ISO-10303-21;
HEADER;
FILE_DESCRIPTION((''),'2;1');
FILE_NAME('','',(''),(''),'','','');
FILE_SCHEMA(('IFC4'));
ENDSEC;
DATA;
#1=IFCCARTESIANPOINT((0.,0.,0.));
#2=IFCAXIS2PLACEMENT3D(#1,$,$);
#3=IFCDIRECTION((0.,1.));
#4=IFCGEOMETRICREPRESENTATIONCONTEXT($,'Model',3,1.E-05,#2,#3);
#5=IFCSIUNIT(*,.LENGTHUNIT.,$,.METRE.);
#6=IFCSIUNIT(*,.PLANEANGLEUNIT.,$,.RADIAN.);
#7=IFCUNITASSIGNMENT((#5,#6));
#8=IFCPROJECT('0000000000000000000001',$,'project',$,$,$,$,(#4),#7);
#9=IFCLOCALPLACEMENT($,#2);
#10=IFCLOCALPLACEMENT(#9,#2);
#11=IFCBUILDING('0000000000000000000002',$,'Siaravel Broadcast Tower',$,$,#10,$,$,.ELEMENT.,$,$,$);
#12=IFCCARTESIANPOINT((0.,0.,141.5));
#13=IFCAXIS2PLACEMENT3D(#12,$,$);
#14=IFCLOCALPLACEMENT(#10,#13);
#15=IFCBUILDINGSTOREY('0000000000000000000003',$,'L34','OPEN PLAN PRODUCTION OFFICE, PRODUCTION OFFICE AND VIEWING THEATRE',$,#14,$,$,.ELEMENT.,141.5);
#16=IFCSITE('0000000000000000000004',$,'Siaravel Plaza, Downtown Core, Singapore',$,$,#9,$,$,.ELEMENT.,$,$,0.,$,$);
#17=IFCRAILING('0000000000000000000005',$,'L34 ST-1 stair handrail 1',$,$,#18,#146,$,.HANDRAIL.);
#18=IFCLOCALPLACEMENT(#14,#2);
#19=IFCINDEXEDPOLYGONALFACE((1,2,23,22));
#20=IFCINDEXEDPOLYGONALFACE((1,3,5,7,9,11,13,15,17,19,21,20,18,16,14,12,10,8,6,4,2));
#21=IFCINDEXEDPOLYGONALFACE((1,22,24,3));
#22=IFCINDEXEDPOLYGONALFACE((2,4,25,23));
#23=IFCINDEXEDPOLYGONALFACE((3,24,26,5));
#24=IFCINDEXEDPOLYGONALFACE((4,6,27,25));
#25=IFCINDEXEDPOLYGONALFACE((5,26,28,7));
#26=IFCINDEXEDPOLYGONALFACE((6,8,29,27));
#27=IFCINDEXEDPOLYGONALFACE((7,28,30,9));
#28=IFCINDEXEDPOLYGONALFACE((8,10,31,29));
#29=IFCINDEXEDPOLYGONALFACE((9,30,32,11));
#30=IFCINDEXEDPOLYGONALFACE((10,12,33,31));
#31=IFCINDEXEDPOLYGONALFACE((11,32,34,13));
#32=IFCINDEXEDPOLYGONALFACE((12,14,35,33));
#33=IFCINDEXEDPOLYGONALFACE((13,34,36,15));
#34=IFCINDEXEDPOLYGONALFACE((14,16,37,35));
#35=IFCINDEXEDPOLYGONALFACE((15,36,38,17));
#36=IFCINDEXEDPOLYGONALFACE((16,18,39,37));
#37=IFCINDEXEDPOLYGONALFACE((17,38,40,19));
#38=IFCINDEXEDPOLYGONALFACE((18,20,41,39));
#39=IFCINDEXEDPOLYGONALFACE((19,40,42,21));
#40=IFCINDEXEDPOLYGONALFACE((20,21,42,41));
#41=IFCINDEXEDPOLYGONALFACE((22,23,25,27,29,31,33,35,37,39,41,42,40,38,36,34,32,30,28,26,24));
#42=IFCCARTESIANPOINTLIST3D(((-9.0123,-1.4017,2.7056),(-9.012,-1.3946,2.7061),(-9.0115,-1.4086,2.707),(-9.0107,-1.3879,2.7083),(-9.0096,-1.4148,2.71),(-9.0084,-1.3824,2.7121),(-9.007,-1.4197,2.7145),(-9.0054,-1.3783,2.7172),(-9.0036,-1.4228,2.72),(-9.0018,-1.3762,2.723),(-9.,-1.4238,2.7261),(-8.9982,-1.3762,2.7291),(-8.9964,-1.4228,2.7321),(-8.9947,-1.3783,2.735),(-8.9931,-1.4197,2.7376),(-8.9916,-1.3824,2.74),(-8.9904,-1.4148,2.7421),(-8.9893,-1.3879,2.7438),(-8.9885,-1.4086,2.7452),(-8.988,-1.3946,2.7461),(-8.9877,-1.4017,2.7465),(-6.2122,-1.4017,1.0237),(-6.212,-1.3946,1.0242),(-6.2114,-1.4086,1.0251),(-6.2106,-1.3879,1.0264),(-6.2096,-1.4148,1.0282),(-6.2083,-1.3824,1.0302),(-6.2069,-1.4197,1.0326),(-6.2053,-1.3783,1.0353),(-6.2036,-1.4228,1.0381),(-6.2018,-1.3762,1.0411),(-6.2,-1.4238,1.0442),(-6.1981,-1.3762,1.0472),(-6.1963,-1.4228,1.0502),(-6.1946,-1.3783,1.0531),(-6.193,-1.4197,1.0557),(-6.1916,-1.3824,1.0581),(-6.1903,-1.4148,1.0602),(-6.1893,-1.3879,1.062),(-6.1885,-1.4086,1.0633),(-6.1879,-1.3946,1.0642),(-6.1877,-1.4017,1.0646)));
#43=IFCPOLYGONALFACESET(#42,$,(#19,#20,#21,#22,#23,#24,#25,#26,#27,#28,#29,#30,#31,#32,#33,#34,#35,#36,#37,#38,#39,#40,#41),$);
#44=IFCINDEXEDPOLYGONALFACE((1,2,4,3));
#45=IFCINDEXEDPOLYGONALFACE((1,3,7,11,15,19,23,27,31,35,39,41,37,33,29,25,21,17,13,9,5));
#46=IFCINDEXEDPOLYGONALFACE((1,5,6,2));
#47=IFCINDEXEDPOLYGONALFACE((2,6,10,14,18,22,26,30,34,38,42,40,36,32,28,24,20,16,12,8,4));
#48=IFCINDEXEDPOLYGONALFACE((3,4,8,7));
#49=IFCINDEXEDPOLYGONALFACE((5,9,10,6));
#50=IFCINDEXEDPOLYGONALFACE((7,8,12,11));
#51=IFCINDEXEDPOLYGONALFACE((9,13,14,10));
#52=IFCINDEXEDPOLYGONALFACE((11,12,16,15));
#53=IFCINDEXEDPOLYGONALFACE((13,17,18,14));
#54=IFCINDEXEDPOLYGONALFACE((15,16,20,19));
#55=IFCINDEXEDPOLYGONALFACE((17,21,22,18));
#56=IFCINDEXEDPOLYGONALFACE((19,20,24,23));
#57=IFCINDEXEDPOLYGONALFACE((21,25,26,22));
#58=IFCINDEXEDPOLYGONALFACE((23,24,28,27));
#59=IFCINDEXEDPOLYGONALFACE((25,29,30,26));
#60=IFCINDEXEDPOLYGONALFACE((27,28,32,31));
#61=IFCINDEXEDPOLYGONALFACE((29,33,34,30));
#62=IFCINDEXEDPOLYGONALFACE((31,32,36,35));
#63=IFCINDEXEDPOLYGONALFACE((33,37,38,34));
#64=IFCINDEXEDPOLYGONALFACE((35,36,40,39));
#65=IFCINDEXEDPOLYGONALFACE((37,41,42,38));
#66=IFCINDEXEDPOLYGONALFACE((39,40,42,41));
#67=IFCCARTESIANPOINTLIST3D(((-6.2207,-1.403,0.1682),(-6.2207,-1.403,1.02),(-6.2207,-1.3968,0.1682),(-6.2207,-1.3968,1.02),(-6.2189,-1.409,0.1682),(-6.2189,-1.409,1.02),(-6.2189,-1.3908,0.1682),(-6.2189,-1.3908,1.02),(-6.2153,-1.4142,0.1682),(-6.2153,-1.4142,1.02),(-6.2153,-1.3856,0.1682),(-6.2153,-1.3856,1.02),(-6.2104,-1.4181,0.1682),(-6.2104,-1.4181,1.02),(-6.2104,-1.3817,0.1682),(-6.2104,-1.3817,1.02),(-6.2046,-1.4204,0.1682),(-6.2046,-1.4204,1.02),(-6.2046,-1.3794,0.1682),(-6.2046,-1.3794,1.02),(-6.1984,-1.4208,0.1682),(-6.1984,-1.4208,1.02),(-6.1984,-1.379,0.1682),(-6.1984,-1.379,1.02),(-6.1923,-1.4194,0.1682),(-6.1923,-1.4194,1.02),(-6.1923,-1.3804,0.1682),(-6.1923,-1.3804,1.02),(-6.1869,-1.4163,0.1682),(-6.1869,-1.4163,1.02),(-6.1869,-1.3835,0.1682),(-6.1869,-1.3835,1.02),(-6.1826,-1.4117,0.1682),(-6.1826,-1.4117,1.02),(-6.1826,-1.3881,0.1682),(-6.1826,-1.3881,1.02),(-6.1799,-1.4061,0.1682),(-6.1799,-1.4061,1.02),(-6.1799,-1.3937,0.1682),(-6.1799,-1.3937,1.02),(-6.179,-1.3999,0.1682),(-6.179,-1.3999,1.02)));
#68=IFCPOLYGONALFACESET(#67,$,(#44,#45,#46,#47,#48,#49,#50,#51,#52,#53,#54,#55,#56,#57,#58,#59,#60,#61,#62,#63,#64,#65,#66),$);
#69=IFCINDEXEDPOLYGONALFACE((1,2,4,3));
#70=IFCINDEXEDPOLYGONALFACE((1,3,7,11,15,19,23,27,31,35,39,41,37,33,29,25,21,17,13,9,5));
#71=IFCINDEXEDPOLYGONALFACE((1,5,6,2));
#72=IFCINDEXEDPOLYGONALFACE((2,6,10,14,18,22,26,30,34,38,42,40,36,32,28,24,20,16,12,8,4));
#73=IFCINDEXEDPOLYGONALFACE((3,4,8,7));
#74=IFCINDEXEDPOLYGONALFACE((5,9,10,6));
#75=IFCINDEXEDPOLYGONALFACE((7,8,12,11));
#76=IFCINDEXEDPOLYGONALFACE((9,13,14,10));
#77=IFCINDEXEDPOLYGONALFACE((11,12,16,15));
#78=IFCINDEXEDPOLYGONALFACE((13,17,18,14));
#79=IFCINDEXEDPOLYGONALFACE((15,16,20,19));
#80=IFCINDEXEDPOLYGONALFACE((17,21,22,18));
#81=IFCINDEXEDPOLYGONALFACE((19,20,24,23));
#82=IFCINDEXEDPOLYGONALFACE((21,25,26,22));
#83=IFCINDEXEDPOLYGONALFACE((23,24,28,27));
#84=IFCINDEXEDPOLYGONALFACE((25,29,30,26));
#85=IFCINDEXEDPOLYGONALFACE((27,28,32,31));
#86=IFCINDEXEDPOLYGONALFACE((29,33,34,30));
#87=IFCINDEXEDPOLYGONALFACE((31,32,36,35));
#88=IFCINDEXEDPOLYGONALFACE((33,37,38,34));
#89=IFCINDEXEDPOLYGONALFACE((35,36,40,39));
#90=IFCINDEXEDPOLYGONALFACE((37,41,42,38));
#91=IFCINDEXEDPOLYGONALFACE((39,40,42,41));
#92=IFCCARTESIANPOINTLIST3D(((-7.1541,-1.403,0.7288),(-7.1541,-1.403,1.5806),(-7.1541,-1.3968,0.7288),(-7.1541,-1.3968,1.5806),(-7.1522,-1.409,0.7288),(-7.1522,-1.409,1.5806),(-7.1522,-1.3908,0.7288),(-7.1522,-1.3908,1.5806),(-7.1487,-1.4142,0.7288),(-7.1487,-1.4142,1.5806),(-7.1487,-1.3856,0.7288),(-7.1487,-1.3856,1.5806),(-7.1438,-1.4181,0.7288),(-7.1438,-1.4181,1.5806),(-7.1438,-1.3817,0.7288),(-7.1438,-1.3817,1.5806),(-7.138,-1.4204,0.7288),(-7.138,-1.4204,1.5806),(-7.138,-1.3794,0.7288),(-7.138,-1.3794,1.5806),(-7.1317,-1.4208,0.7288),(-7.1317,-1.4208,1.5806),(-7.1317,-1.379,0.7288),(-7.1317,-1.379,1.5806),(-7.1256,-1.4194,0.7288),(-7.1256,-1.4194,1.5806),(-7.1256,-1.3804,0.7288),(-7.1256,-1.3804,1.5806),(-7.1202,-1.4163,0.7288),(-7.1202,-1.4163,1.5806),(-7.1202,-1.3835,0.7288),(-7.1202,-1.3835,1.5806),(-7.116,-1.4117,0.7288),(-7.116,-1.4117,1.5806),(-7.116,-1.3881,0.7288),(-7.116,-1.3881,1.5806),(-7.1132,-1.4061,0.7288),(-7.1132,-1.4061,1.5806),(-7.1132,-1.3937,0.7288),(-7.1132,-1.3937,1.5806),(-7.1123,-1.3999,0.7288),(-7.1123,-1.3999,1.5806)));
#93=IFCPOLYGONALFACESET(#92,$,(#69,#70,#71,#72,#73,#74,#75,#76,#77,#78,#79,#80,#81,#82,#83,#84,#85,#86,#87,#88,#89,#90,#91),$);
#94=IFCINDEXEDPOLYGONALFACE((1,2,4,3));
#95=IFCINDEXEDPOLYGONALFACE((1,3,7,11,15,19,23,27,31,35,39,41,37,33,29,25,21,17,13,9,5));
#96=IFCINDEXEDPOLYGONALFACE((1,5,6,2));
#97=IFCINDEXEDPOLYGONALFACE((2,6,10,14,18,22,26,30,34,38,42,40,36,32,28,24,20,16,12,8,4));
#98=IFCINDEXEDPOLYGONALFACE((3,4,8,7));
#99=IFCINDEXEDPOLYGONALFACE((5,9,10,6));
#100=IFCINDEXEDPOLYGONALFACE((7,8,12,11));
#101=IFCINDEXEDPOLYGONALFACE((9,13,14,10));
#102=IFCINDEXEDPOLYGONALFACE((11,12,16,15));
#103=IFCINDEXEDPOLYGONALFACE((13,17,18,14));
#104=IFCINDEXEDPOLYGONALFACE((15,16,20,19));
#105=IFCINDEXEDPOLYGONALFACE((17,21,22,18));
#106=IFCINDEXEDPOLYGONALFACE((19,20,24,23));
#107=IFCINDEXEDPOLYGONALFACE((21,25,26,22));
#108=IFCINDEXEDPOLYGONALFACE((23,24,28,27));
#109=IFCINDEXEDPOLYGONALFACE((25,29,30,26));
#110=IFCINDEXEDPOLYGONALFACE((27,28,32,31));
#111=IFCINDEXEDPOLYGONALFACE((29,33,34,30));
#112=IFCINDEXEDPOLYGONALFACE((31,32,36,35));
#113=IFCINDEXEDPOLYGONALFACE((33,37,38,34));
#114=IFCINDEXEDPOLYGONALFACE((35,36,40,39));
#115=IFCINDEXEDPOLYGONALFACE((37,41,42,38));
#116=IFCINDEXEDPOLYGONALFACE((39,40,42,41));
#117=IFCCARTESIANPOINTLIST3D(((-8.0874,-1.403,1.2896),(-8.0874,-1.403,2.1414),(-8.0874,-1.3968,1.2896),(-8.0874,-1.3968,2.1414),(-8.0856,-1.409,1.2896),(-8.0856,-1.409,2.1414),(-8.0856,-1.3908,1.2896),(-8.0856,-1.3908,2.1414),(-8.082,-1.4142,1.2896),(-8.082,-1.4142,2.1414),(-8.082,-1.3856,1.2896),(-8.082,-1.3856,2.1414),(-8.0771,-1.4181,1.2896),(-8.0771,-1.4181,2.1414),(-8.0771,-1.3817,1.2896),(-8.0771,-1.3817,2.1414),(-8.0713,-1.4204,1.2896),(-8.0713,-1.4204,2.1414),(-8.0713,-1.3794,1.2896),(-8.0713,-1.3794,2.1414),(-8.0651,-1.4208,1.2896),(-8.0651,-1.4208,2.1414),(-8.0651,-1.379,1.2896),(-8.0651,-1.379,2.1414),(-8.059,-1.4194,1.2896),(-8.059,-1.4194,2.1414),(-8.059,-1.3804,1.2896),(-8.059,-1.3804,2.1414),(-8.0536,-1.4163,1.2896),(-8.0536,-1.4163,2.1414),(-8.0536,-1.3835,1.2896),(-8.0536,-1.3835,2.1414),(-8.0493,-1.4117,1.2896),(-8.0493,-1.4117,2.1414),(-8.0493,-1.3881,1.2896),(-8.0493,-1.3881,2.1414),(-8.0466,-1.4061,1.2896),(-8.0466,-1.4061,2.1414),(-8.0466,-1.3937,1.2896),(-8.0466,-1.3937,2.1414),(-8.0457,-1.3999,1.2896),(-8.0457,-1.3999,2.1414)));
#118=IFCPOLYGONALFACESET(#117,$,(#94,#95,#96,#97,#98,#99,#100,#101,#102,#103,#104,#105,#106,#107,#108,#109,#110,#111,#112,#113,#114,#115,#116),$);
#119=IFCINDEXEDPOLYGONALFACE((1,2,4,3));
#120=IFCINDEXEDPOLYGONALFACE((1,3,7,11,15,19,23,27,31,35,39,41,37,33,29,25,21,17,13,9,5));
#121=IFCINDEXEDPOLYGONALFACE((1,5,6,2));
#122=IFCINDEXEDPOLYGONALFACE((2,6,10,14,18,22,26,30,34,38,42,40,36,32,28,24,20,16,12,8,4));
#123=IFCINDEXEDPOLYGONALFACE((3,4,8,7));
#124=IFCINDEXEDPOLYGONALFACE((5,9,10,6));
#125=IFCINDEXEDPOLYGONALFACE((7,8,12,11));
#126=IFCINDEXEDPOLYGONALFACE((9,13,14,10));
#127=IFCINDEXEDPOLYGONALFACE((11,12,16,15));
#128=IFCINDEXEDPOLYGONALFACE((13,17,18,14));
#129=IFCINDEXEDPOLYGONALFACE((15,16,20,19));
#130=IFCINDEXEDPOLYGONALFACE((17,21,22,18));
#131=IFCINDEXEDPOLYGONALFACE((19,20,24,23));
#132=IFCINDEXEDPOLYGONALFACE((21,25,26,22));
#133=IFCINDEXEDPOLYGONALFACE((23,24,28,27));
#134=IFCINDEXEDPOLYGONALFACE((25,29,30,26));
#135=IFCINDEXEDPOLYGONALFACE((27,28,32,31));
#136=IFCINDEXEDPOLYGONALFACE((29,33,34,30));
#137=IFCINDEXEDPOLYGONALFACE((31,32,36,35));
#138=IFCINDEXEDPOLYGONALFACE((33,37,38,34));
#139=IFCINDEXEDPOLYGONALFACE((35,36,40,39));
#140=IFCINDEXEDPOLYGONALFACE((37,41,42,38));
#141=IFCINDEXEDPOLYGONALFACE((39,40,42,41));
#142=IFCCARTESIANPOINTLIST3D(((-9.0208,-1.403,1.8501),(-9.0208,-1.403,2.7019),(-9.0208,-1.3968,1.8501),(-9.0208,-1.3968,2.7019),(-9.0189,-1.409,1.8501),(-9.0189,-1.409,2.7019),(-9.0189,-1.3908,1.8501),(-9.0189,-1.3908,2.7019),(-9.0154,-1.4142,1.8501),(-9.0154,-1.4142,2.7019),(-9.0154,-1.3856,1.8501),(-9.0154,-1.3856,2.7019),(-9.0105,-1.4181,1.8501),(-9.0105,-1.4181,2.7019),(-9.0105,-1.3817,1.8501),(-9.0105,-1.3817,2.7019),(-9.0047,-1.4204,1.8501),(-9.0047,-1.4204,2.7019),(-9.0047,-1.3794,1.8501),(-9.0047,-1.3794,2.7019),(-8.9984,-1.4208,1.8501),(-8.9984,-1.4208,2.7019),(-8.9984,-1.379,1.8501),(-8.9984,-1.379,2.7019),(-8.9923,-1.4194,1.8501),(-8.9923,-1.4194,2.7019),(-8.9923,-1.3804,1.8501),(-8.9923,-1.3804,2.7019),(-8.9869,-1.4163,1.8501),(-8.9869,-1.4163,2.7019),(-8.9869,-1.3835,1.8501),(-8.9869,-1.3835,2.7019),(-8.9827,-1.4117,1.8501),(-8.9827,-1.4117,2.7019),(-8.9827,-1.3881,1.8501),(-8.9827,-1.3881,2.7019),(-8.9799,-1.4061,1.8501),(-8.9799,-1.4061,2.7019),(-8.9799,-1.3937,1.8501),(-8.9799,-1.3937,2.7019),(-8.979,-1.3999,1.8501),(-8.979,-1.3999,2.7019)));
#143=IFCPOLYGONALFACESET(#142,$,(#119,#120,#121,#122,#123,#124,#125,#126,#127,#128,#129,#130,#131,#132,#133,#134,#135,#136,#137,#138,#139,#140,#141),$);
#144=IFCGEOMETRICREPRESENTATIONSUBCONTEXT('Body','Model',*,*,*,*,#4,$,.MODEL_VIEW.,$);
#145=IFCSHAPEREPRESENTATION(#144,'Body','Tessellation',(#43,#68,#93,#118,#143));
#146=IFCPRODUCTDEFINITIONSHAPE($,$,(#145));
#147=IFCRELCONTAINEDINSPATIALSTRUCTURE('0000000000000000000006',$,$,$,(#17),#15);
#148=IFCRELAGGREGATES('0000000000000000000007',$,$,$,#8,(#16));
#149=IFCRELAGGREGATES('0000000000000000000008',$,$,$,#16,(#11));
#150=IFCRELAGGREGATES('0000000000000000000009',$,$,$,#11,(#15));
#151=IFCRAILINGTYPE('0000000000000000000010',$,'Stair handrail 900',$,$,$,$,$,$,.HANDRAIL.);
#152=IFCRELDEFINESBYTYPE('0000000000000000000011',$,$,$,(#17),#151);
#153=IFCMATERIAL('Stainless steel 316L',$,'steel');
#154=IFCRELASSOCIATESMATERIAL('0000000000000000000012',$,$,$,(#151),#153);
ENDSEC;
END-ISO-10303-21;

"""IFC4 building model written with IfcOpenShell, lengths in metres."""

from ifc_helpers import new_model, si_unit, direction, frame, origin, origin_2d, place, context, subcontext, project, spatial, circle, extrude, material, type_object, element, save


model = new_model("IFC4")

# Units and contexts
model_context = context("Model", 3, precision=1e-05, world=origin(), true_north=direction((0.0, 1.0)))
body_context = subcontext(model_context, "Body", "Model", "MODEL_VIEW")
ifc_project = project(units=[si_unit("LENGTHUNIT", "METRE"), si_unit("PLANEANGLEUNIT", "RADIAN")], contexts=[model_context])

# Site, building, storey
site_placement = place(None, origin())
site = spatial("IfcSite", under=ifc_project, at=site_placement, Name="Siaravel Plaza, Downtown Core, Singapore", CompositionType="ELEMENT", RefElevation=0.0)
building_placement = place(site_placement, origin())
building = spatial("IfcBuilding", under=site, at=building_placement, Name="Siaravel Broadcast Tower", CompositionType="ELEMENT")
storey_placement = place(building_placement, frame((0.0, 0.0, 141.5)))
storey = spatial("IfcBuildingStorey", under=building, at=storey_placement, Name="L34", Description="OPEN PLAN PRODUCTION OFFICE, PRODUCTION OFFICE AND VIEWING THEATRE", CompositionType="ELEMENT", Elevation=141.5)

# Shared definitions
ifc_material_1 = material(Name="Stainless steel 316L", Category="steel")

# Railing
railing_type_1 = type_object("IfcRailingType", Name="Stair handrail 900", PredefinedType="HANDRAIL", material=ifc_material_1)
railing_1_placement = place(storey_placement, frame((-6.2, -1.3999, 0.1682)))
element("IfcRailing", 1, at=railing_1_placement, inside=storey, type_object=railing_type_1, Name="L34 ST-1 stair handrail 1", PredefinedType="HANDRAIL", context=body_context, shape_type="SweptSolid", body=[
    extrude(circle(Radius=0.0239, at=origin_2d()), frame((0.0, 0.0, 0.876), z_axis=(-0.857242, 0.0, 0.514913), x_axis=(0.0, -1.0, 0.0)), (0.0, 0.0, 1.0), 3.2664),
    extrude(circle(Radius=0.021, at=origin_2d()), origin(), (0.0, 0.0, 1.0), 0.8518),
    extrude(circle(Radius=0.021, at=origin_2d()), frame((-0.9333, 0.0, 0.5605)), (0.0, 0.0, 1.0), 0.8518),
    extrude(circle(Radius=0.021, at=origin_2d()), frame((-1.8667, 0.0, 1.1213)), (0.0, 0.0, 1.0), 0.8518),
    extrude(circle(Radius=0.021, at=origin_2d()), frame((-2.8, 0.0, 1.6819)), (0.0, 0.0, 1.0), 0.8518),
])

save(model, "model.ifc")
